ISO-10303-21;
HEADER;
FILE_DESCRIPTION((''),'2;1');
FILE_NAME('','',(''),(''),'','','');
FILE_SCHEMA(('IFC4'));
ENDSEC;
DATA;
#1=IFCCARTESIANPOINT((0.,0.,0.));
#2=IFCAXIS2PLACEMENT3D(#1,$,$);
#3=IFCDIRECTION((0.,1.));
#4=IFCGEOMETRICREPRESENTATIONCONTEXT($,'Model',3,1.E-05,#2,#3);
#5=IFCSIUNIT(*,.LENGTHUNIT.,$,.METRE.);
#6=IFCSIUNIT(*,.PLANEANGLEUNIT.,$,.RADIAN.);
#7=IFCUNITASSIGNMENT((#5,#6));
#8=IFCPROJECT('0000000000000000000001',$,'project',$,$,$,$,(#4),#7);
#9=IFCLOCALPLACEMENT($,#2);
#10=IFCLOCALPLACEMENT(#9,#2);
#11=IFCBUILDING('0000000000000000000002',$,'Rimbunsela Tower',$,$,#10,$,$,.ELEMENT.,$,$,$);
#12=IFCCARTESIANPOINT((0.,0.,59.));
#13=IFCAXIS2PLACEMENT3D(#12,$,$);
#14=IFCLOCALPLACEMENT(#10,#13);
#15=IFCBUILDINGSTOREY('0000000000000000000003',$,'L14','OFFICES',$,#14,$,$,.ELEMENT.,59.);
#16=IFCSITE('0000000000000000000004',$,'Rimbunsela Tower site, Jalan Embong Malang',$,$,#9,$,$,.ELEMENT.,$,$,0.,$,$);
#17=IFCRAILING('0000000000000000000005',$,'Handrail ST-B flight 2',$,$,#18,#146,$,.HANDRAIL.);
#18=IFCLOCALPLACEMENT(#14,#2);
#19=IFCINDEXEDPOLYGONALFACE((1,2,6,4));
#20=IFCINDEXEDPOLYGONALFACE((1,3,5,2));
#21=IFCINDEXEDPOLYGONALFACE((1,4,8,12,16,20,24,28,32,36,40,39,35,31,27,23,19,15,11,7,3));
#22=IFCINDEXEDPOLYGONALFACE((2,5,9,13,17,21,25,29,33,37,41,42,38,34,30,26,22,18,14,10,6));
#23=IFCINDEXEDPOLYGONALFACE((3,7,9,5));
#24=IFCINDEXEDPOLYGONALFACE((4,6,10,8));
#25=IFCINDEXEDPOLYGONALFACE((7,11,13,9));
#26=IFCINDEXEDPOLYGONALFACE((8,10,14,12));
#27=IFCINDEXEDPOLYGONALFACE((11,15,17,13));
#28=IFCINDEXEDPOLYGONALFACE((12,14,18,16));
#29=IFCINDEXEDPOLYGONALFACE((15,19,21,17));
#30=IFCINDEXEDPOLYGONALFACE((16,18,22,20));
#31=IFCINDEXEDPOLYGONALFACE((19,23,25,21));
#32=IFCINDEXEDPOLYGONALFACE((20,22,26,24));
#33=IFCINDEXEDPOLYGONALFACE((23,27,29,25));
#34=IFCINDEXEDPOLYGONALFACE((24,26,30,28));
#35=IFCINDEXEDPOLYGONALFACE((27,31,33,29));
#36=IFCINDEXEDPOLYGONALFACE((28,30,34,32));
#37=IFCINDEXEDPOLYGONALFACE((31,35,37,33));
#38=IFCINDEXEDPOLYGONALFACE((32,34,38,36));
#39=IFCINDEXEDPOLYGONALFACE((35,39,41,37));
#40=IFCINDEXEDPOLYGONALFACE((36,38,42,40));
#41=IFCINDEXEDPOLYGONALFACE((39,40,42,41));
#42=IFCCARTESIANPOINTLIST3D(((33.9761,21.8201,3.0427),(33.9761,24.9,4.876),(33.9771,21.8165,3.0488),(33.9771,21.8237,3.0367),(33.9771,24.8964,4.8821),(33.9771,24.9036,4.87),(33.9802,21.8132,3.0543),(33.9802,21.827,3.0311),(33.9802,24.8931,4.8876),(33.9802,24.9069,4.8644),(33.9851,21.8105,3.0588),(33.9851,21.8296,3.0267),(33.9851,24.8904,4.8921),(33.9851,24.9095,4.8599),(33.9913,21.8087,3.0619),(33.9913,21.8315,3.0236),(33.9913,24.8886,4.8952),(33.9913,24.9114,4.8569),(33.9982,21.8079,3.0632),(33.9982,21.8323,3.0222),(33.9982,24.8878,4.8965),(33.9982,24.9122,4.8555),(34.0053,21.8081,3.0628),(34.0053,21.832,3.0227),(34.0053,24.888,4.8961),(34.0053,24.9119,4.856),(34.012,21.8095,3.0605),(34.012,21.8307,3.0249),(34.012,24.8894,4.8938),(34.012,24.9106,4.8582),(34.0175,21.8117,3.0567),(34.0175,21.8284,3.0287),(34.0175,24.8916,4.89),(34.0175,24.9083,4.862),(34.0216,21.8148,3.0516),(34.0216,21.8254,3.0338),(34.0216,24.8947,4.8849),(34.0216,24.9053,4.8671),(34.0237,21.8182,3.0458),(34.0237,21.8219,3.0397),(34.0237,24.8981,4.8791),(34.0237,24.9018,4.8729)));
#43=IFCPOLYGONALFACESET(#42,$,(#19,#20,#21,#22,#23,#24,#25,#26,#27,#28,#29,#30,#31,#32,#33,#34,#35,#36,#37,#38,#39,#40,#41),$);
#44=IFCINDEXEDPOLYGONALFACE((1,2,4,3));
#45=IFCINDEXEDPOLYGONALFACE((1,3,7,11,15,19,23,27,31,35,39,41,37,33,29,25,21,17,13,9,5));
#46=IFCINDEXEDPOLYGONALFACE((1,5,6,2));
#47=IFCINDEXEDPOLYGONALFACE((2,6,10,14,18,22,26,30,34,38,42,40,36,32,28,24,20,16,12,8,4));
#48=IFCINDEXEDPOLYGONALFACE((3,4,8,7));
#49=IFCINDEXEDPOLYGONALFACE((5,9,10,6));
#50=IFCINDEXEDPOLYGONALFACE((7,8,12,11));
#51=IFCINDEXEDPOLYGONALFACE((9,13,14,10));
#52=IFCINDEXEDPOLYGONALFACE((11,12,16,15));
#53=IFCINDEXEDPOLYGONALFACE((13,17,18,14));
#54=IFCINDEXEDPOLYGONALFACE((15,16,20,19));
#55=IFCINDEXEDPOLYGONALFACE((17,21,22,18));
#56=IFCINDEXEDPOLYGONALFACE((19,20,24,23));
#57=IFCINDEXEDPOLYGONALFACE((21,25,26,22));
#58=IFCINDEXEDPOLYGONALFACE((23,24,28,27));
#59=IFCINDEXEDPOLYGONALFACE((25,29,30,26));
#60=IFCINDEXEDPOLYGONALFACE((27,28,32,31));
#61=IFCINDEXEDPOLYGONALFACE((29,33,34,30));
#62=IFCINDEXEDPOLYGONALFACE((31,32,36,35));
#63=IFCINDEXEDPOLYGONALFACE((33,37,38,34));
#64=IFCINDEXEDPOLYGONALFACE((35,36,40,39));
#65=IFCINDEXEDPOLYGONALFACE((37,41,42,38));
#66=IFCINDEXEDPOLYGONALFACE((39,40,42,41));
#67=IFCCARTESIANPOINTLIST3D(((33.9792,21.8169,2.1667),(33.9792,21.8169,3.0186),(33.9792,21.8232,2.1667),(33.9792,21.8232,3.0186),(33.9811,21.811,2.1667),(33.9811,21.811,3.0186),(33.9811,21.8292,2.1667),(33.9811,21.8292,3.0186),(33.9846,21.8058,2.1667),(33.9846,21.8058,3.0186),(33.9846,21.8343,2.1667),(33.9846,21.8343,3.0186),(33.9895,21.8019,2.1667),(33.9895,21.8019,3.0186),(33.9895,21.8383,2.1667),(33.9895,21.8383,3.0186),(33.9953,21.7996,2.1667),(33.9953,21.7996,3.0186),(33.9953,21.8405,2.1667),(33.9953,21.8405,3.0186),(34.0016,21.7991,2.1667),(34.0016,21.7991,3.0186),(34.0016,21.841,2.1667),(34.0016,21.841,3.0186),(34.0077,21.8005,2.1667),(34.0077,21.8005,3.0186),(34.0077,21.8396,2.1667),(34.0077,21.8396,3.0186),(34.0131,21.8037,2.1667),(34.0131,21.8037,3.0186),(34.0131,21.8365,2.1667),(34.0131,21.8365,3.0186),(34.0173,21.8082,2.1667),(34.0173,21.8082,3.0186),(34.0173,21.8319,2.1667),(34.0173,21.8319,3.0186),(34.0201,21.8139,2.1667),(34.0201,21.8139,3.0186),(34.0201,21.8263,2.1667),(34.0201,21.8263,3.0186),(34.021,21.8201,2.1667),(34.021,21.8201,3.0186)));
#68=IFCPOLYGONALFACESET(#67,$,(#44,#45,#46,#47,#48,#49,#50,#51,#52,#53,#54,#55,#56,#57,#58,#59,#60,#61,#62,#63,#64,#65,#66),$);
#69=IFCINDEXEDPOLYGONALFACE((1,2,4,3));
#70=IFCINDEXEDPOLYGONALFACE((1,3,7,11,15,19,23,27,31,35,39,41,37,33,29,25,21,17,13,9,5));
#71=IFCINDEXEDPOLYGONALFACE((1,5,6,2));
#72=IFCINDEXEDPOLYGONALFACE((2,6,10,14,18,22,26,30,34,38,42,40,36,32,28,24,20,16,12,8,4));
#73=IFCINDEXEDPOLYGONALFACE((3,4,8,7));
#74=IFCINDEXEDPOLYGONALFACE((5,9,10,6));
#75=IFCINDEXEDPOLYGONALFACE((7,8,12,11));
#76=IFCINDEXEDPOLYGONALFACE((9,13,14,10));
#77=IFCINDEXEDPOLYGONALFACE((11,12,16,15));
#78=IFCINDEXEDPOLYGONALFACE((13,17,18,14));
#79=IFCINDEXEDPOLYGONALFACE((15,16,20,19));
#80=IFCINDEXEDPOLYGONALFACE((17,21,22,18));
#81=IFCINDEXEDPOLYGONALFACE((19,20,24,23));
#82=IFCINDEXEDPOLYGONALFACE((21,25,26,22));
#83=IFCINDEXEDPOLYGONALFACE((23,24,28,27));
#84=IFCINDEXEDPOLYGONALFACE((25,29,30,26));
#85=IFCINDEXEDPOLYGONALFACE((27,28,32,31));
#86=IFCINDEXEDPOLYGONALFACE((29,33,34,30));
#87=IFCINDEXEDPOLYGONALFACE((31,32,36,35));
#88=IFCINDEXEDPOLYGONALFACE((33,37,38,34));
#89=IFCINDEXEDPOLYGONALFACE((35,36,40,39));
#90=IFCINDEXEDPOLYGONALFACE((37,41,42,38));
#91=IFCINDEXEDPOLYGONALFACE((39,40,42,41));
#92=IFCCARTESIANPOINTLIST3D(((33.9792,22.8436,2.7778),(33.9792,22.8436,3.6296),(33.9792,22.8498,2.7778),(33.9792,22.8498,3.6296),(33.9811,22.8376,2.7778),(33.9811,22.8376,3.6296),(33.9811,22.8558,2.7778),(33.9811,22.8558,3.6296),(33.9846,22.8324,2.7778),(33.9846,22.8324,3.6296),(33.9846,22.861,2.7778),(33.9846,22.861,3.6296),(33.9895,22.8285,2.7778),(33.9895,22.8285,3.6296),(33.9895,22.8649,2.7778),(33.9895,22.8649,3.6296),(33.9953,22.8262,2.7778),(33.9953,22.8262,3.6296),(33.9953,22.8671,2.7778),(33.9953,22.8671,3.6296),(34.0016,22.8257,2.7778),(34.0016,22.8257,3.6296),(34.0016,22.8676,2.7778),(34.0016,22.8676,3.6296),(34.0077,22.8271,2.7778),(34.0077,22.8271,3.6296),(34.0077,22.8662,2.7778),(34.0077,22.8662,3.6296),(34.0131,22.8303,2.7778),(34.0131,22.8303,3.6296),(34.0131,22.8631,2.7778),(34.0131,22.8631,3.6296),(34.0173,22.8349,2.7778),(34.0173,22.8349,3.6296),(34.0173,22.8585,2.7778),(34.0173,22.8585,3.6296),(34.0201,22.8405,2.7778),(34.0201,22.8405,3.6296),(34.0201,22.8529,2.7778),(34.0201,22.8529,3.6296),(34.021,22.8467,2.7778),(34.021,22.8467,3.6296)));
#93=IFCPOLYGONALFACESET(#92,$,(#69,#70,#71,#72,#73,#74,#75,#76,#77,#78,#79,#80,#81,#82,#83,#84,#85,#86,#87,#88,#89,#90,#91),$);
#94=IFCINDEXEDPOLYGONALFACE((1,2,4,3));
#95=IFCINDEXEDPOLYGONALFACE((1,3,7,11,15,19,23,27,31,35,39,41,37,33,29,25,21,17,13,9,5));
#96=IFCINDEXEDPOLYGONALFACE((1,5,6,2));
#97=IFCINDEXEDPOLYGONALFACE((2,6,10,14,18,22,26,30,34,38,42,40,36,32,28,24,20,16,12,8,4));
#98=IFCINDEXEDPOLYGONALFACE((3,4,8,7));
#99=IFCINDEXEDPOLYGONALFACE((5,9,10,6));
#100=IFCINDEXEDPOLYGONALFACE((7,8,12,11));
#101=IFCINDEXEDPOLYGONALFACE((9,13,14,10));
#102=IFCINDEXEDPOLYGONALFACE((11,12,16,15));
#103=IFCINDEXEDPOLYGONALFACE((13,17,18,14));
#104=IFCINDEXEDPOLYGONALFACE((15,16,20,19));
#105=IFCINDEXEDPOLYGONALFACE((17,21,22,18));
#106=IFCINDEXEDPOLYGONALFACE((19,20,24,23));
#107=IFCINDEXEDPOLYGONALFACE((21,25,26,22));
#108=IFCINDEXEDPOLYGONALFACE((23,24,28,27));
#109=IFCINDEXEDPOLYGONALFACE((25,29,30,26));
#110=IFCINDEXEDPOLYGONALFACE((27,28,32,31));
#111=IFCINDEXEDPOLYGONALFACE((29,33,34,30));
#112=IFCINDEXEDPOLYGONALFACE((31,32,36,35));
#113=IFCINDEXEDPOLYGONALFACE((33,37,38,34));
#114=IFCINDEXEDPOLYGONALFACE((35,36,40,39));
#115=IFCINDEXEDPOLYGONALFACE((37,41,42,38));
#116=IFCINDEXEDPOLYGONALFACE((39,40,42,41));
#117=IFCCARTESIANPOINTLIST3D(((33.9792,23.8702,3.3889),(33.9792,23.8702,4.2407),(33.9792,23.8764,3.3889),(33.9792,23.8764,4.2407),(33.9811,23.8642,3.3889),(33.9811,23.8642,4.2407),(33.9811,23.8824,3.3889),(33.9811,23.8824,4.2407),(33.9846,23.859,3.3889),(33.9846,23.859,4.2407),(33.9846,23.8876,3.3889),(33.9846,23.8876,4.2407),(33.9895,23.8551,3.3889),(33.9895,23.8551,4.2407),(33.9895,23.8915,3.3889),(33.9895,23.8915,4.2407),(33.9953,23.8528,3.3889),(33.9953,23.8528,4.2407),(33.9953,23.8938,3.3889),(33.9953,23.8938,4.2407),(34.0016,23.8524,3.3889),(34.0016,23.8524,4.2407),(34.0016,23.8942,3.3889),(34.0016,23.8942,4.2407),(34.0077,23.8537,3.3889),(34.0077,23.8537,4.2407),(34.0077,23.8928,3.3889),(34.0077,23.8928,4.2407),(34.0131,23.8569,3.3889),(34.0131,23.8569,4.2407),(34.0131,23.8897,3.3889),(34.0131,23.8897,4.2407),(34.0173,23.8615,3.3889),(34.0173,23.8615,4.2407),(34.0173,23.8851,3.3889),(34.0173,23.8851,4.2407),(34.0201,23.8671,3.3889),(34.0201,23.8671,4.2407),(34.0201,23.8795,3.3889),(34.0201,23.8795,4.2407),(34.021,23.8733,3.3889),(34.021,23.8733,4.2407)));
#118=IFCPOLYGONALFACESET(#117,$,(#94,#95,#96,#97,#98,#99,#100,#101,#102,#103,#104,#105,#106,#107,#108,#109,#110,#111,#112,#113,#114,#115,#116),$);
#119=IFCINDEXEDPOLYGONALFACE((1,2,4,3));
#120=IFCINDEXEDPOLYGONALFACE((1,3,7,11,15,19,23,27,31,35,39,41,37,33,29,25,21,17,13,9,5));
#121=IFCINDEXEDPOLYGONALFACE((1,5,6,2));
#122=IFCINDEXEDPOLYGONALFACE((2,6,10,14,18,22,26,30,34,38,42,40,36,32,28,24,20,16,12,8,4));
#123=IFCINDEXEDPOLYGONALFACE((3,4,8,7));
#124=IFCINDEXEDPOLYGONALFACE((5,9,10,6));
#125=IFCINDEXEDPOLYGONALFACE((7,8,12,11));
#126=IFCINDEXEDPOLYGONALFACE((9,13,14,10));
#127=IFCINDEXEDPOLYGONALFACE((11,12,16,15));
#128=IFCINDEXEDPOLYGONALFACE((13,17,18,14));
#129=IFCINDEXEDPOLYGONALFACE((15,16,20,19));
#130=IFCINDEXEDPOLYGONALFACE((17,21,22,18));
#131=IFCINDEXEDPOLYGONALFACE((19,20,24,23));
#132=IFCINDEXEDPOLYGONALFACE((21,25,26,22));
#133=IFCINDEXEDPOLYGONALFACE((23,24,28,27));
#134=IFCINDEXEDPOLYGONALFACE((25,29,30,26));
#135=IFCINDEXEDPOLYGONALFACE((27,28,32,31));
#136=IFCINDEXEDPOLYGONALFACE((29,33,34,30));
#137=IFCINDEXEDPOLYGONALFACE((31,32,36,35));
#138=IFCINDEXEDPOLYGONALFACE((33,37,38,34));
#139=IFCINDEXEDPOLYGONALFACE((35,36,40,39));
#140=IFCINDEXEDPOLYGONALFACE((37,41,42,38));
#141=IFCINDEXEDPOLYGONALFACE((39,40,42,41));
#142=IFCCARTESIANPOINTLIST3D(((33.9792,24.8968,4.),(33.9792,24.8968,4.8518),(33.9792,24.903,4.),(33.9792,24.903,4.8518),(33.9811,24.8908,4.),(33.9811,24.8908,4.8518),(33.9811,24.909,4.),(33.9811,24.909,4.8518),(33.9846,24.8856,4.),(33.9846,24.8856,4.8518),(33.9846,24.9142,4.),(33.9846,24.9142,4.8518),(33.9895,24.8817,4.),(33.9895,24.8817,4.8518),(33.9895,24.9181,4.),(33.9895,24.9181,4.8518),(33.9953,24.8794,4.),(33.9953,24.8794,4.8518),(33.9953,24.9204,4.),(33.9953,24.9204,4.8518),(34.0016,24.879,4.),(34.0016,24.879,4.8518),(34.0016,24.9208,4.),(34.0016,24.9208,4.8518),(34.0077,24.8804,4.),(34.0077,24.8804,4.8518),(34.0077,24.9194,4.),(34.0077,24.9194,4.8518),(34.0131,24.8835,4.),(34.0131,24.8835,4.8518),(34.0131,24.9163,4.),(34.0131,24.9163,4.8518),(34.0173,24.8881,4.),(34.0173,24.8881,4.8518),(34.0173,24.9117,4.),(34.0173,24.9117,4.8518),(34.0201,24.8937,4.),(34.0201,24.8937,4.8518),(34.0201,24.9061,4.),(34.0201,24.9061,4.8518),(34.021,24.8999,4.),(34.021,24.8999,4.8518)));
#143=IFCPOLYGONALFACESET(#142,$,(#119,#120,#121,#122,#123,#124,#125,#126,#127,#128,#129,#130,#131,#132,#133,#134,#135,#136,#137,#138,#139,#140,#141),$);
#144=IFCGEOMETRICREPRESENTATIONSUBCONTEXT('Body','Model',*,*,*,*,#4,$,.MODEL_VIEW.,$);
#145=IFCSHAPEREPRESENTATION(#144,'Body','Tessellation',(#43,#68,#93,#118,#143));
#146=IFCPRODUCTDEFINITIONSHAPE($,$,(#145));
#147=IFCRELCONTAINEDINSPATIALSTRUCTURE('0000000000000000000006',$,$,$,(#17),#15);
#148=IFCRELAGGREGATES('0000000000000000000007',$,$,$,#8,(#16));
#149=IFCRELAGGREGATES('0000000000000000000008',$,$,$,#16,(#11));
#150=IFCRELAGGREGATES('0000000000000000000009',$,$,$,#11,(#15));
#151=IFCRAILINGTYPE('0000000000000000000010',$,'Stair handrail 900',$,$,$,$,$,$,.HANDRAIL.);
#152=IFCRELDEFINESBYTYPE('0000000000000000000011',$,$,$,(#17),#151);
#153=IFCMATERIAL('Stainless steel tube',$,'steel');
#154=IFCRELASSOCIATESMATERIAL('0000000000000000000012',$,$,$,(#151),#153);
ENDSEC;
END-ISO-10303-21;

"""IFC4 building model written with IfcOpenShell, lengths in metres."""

from ifc_helpers import new_model, si_unit, direction, frame, origin, origin_2d, place, context, subcontext, project, spatial, circle, extrude, material, type_object, element, save


model = new_model("IFC4")

# Units and contexts
model_context = context("Model", 3, precision=1e-05, world=origin(), true_north=direction((0.0, 1.0)))
body_context = subcontext(model_context, "Body", "Model", "MODEL_VIEW")
ifc_project = project(units=[si_unit("LENGTHUNIT", "METRE"), si_unit("PLANEANGLEUNIT", "RADIAN")], contexts=[model_context])

# Site, building, storey
site_placement = place(None, origin())
site = spatial("IfcSite", under=ifc_project, at=site_placement, Name="Rimbunsela Tower site, Jalan Embong Malang", CompositionType="ELEMENT", RefElevation=0.0)
building_placement = place(site_placement, origin())
building = spatial("IfcBuilding", under=site, at=building_placement, Name="Rimbunsela Tower", CompositionType="ELEMENT")
storey_placement = place(building_placement, frame((0.0, 0.0, 59.0)))
storey = spatial("IfcBuildingStorey", under=building, at=storey_placement, Name="L14", Description="OFFICES", CompositionType="ELEMENT", Elevation=59.0)

# Railing
ifc_material_1 = material(Name="Stainless steel tube", Category="steel")
railing_type = type_object("IfcRailingType", Name="Stair handrail 900", PredefinedType="HANDRAIL", material=ifc_material_1)
for number, where, name in (
    (1, (34.0, 21.8201, 2.1667), "Handrail ST-B flight 2"),
):
    element("IfcRailing", number, at=place(storey_placement, frame(where)), inside=storey, type_object=railing_type, Name=name, PredefinedType="HANDRAIL", context=body_context, shape_type="SweptSolid", body=[
        extrude(circle(Radius=0.0239, at=origin_2d()), frame((0.0, 0.0, 0.876), z_axis=(0.0, 0.859291, 0.511487), x_axis=(-1.0, 0.0, 0.0)), (0.0, 0.0, 1.0), 3.5842),
        extrude(circle(Radius=0.021, at=origin_2d()), origin(), (0.0, 0.0, 1.0), 0.8518),
        extrude(circle(Radius=0.021, at=origin_2d()), frame((0.0, 1.0266, 0.6111)), (0.0, 0.0, 1.0), 0.8518),
        extrude(circle(Radius=0.021, at=origin_2d()), frame((0.0, 2.0532, 1.2222)), (0.0, 0.0, 1.0), 0.8518),
        extrude(circle(Radius=0.021, at=origin_2d()), frame((0.0, 3.0798, 1.8333)), (0.0, 0.0, 1.0), 0.8518),
    ])

save(model, "model.ifc")
